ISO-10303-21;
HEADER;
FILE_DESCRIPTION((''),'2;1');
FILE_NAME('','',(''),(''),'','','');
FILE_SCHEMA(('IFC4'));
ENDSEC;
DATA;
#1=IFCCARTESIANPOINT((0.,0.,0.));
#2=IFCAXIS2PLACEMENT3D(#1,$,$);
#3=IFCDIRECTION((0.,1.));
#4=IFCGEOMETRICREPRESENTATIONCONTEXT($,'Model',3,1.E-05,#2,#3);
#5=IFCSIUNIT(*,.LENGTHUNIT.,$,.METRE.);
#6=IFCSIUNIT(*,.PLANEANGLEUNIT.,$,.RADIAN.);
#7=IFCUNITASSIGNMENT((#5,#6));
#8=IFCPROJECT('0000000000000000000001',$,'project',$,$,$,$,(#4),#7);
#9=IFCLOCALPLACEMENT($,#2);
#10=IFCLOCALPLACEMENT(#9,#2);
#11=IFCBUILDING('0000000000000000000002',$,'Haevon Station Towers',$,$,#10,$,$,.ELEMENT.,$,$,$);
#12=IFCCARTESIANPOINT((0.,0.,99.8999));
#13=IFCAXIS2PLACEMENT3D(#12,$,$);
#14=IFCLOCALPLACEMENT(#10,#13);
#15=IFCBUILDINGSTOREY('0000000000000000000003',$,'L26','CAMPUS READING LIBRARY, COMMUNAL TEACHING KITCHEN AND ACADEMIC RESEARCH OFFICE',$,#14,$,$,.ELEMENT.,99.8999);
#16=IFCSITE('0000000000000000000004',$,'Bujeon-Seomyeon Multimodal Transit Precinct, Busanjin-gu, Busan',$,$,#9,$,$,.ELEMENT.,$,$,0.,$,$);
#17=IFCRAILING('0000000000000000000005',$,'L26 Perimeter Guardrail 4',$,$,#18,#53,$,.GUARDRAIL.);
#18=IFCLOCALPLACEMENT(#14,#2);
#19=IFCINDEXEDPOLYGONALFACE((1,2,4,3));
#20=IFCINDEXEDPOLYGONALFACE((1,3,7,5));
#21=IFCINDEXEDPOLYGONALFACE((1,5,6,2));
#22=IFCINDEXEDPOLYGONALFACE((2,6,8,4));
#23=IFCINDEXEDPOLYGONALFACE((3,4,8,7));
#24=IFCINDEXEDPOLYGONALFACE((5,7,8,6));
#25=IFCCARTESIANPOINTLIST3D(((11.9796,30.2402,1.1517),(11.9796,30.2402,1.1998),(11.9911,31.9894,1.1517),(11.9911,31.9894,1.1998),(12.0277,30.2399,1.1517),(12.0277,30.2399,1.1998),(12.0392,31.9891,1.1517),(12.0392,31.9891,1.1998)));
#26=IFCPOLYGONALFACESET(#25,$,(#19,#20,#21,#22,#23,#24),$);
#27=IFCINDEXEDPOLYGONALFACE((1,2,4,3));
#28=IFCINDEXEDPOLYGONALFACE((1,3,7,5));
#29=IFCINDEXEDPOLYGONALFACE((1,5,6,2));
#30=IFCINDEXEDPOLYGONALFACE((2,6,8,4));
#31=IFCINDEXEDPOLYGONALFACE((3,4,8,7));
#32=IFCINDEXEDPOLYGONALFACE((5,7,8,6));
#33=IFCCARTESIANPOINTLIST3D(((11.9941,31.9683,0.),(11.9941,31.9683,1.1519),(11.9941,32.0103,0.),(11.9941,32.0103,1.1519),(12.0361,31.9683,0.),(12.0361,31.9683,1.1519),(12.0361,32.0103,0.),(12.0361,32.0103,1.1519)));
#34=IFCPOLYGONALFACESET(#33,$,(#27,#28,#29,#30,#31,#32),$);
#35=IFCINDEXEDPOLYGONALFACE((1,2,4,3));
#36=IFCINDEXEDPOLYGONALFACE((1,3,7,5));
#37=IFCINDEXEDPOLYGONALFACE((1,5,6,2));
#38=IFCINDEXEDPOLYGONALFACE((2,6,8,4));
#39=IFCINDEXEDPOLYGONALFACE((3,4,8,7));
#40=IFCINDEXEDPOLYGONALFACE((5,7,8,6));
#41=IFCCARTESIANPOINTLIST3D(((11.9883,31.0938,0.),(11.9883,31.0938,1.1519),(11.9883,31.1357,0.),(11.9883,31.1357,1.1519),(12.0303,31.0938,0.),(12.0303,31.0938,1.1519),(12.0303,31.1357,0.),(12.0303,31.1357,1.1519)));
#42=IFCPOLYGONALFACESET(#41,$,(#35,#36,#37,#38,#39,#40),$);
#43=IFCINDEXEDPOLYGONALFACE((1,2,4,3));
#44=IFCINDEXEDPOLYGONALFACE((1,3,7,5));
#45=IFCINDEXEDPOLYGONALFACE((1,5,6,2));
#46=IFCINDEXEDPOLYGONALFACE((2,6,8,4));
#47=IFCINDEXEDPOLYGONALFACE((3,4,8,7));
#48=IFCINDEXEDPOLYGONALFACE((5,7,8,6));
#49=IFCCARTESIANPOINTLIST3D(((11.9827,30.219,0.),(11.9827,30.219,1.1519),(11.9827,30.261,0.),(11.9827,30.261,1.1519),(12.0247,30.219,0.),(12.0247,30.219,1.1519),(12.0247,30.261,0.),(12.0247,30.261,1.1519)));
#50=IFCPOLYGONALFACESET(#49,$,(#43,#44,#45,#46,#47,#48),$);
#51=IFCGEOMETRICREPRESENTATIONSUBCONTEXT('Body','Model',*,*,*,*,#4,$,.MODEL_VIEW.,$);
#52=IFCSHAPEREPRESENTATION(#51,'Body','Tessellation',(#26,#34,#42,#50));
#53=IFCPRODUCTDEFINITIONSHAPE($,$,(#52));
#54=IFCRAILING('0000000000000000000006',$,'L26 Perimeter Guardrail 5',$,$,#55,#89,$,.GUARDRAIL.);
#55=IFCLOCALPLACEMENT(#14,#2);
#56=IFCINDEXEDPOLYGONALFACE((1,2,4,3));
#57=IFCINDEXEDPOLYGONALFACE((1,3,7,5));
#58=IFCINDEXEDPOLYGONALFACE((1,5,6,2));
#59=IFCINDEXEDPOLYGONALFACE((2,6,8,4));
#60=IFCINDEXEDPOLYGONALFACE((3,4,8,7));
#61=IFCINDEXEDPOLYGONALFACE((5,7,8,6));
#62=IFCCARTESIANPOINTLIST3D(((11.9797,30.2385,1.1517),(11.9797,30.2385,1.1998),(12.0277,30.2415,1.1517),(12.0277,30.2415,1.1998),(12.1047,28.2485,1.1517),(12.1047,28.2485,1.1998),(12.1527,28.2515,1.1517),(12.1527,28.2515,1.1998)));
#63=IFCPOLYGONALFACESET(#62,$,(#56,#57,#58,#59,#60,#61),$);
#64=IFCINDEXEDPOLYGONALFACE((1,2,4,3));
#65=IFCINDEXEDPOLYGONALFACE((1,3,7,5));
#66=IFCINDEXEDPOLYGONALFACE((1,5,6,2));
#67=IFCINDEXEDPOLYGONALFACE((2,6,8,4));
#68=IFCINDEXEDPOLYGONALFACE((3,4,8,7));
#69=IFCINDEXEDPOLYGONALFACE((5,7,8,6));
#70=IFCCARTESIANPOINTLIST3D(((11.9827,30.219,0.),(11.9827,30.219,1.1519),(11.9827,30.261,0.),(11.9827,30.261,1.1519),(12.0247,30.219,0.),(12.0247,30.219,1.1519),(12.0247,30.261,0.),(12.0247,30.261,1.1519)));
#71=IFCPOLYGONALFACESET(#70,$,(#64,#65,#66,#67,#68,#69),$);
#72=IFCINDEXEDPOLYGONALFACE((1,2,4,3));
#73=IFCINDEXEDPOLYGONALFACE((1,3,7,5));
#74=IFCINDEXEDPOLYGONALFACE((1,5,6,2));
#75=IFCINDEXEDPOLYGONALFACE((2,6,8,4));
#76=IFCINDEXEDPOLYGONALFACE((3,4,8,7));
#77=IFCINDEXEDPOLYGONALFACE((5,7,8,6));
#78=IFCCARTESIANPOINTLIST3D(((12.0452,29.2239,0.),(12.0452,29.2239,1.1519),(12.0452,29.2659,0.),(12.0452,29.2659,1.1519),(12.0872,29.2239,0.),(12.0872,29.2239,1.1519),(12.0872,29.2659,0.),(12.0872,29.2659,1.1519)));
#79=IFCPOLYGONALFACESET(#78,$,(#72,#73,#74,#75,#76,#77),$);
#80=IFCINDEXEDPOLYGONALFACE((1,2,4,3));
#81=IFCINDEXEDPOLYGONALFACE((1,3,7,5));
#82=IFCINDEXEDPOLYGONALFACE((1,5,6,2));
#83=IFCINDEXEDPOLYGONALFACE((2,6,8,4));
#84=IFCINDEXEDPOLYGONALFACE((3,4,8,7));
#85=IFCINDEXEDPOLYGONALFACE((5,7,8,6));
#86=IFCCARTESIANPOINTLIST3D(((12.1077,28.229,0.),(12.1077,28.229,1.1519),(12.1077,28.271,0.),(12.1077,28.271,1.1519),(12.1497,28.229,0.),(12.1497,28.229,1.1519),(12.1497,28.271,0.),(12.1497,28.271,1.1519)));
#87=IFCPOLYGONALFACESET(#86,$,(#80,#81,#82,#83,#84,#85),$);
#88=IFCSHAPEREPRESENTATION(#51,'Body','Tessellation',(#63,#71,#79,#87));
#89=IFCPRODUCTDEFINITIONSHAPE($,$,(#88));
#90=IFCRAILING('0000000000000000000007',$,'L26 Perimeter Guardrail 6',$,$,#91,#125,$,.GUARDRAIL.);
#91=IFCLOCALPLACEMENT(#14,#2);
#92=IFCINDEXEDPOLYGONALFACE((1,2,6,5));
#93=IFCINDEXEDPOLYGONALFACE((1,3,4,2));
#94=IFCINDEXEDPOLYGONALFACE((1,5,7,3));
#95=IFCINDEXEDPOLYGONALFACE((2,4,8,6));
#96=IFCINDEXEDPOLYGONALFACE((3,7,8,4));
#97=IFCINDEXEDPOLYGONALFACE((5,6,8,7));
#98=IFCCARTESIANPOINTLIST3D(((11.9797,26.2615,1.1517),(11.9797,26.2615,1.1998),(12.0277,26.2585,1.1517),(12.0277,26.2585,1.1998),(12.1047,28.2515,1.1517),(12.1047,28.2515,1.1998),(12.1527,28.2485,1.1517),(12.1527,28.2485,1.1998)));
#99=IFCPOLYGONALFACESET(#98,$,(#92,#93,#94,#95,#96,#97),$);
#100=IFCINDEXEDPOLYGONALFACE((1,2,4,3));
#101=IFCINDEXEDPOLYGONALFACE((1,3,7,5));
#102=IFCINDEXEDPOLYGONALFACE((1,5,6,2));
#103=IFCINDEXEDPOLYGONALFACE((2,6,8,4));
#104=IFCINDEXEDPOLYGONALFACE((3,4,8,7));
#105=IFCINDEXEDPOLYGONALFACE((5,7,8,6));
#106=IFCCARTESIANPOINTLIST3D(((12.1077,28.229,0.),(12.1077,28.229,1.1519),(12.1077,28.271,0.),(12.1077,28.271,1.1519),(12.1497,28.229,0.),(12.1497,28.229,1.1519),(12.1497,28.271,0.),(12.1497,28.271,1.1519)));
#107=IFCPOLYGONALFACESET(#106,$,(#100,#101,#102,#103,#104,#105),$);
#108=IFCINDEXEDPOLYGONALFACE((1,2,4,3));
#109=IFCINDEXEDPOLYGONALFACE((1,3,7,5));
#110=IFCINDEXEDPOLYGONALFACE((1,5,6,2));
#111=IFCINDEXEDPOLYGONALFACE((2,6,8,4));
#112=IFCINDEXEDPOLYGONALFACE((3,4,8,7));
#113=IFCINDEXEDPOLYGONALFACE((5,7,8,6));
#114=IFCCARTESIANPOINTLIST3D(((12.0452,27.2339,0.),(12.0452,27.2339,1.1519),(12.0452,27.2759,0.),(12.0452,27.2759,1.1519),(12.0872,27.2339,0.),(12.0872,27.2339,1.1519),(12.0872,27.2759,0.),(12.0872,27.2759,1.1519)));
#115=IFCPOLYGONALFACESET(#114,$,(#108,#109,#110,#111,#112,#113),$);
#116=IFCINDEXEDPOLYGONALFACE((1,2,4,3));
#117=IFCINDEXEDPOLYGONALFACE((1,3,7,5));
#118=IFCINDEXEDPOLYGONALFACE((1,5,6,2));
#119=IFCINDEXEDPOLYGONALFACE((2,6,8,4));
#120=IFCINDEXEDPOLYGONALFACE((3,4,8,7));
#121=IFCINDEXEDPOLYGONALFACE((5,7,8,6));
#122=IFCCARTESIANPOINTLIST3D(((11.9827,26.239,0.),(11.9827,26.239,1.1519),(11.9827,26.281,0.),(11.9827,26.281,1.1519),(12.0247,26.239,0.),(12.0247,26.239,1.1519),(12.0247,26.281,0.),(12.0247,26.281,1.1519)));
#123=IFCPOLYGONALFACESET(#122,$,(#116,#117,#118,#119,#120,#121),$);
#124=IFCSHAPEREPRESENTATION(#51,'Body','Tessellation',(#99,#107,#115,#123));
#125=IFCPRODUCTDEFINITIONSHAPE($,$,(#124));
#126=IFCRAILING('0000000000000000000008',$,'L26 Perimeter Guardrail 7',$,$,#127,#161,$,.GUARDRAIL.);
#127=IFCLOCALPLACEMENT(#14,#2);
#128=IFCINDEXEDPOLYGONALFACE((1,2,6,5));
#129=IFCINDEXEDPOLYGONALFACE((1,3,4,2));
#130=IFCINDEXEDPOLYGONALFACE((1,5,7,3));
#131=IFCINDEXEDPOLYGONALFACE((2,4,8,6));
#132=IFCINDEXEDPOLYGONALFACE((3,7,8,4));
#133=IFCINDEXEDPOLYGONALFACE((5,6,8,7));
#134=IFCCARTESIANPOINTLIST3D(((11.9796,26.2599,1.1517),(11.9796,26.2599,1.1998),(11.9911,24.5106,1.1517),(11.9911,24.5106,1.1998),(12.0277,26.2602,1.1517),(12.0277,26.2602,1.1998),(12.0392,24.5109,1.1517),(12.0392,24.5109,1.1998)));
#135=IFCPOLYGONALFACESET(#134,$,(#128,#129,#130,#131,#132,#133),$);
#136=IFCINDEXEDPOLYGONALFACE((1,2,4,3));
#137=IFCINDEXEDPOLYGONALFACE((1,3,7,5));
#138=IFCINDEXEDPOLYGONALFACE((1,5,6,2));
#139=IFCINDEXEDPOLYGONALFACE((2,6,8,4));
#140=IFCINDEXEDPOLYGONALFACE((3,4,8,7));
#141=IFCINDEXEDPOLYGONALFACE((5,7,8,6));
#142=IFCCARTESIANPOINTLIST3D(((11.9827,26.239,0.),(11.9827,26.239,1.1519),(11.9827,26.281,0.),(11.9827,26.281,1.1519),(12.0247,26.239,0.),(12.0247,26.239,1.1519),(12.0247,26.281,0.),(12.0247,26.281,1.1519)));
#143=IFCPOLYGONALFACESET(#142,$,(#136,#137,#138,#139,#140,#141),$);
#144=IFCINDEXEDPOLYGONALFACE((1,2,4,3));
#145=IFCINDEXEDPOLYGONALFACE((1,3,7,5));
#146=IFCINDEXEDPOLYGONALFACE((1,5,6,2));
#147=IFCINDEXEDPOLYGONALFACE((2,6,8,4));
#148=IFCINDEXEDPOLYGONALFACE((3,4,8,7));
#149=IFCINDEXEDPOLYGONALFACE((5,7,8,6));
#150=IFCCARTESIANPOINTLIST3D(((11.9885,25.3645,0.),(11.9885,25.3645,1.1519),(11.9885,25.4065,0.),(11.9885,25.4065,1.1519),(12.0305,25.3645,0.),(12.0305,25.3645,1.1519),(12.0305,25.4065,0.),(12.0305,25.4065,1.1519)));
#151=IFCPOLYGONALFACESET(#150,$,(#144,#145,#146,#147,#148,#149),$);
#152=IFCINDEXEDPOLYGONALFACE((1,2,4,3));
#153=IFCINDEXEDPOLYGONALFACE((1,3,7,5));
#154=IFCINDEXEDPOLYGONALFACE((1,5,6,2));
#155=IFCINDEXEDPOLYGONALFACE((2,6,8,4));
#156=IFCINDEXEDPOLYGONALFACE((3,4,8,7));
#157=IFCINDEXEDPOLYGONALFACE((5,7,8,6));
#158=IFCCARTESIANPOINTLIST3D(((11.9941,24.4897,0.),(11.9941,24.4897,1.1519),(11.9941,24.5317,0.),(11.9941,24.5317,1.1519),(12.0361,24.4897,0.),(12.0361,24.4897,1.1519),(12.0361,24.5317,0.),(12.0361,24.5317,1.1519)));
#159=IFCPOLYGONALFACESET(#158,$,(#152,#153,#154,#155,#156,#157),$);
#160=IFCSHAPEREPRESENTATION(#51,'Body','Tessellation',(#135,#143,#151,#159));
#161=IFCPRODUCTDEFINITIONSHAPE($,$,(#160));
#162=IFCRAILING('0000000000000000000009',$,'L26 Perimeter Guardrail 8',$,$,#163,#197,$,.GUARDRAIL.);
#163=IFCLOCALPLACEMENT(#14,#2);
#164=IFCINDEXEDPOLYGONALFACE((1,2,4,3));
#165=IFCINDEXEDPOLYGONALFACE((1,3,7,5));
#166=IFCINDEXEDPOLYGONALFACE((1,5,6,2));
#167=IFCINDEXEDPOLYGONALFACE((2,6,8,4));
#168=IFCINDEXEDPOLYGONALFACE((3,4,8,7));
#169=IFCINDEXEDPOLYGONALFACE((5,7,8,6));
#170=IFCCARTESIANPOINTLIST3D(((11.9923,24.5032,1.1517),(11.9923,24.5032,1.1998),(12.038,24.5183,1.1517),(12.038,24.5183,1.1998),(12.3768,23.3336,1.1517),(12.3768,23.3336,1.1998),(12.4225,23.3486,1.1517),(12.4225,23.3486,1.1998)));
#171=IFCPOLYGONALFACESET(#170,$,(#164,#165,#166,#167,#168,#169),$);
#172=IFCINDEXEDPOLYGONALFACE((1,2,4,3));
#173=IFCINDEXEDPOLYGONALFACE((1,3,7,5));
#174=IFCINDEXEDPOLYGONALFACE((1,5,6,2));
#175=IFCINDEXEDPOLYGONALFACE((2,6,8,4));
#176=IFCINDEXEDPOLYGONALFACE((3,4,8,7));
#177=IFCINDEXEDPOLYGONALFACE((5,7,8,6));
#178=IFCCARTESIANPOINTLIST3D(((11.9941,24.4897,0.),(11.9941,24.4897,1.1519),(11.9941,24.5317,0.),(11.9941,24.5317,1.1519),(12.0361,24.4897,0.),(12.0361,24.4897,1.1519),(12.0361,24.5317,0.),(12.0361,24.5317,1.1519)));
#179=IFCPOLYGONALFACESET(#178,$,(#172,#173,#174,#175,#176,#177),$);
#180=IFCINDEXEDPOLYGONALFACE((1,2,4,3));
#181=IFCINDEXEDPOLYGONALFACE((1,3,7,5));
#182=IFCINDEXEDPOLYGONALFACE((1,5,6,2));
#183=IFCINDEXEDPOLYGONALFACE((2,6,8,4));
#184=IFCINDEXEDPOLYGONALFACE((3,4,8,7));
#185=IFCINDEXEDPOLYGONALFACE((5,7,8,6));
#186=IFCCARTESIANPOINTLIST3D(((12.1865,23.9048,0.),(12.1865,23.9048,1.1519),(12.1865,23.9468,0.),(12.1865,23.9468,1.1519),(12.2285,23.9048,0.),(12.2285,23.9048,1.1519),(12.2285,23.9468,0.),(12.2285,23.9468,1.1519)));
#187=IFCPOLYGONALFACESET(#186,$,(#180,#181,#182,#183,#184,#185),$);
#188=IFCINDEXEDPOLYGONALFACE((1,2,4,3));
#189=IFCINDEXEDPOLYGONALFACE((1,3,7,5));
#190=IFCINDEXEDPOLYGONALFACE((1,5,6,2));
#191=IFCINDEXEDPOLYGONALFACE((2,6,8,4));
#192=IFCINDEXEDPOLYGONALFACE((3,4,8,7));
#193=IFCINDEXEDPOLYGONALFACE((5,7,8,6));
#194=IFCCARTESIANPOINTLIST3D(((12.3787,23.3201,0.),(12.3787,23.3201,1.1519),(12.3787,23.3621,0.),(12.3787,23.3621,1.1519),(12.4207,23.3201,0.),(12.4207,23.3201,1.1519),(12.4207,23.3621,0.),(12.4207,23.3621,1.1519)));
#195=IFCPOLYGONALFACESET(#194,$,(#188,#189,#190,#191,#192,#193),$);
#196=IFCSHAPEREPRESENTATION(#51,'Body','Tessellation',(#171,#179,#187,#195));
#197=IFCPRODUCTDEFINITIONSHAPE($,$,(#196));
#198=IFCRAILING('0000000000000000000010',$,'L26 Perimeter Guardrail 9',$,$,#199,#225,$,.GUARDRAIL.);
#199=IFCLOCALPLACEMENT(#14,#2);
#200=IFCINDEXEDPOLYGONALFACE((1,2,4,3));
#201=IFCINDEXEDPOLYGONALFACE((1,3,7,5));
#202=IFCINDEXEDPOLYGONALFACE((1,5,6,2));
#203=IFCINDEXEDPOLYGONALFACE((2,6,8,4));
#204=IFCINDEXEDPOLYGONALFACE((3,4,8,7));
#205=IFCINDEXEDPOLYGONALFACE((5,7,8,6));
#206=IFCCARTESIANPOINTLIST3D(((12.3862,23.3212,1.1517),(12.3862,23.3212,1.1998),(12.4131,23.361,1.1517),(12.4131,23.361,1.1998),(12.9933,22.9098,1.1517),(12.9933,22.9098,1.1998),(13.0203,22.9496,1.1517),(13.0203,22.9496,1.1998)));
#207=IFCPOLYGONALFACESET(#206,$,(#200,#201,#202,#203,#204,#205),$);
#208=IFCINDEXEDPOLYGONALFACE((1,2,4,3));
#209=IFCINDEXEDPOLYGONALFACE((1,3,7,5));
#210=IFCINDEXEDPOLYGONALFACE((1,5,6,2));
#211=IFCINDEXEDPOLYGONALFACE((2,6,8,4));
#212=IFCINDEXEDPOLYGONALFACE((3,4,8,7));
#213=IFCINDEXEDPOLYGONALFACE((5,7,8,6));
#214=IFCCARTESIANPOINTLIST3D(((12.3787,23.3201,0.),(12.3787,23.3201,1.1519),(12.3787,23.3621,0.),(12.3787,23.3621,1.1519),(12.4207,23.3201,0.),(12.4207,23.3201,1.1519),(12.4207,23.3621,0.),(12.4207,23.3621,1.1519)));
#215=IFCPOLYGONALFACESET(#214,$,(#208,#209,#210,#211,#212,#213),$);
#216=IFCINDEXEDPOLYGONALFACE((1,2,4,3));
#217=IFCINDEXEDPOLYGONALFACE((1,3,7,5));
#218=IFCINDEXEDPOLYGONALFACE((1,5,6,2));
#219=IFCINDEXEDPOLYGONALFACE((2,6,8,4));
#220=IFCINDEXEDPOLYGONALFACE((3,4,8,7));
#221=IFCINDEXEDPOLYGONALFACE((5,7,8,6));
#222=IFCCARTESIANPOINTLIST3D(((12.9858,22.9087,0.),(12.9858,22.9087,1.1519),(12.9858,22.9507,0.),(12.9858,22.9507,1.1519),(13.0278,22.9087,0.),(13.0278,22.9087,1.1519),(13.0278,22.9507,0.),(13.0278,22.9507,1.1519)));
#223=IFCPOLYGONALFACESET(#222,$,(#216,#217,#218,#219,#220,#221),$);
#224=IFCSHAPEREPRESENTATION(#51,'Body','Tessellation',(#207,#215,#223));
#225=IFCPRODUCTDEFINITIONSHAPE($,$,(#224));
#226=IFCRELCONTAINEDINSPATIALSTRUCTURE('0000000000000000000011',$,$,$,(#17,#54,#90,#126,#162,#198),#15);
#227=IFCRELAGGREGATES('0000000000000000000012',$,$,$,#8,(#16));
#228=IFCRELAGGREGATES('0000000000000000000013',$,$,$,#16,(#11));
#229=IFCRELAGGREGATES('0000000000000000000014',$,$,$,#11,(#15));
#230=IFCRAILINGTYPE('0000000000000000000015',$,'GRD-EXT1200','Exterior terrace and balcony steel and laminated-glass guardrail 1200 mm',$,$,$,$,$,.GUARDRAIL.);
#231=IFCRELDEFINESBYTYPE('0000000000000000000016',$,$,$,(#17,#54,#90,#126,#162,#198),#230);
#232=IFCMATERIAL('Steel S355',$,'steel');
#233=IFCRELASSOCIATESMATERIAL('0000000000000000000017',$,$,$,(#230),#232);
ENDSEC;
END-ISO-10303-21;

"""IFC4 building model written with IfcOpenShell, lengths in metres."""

from ifc_helpers import new_model, si_unit, direction, frame, origin, origin_2d, place, context, subcontext, project, spatial, rectangle, extrude, material, type_object, element, save


model = new_model("IFC4")

# Units and contexts
model_context = context("Model", 3, precision=1e-05, world=origin(), true_north=direction((0.0, 1.0)))
body_context = subcontext(model_context, "Body", "Model", "MODEL_VIEW")
ifc_project = project(units=[si_unit("LENGTHUNIT", "METRE"), si_unit("PLANEANGLEUNIT", "RADIAN")], contexts=[model_context])

# Site, building, storey
site_placement = place(None, origin())
site = spatial("IfcSite", under=ifc_project, at=site_placement, Name="Bujeon-Seomyeon Multimodal Transit Precinct, Busanjin-gu, Busan", CompositionType="ELEMENT", RefElevation=0.0)
building_placement = place(site_placement, origin())
building = spatial("IfcBuilding", under=site, at=building_placement, Name="Haevon Station Towers", CompositionType="ELEMENT")
storey_placement = place(building_placement, frame((0.0, 0.0, 99.8999)))
storey = spatial("IfcBuildingStorey", under=building, at=storey_placement, Name="L26", Description="CAMPUS READING LIBRARY, COMMUNAL TEACHING KITCHEN AND ACADEMIC RESEARCH OFFICE", CompositionType="ELEMENT", Elevation=99.8999)

# Shared definitions
ifc_material_1 = material(Name="Steel S355", Category="steel")

# Railings
railing_type = type_object("IfcRailingType", Name="GRD-EXT1200", Description="Exterior terrace and balcony steel and laminated-glass guardrail 1200 mm", PredefinedType="GUARDRAIL", material=ifc_material_1)
railing_1_placement = place(storey_placement, frame((12.0151, 31.9893, 0.0)))
element("IfcRailing", 1, at=railing_1_placement, inside=storey, type_object=railing_type, Name="L26 Perimeter Guardrail 4", PredefinedType="GUARDRAIL", context=body_context, shape_type="SweptSolid", body=[
    extrude(rectangle(XDim=0.0481, YDim=0.0481, at=origin_2d()), frame((0.0, 0.0, 1.1758), z_axis=(-0.00656, -0.999978, 0.0), x_axis=(0.999978, -0.00656, 0.0)), (0.0, 0.0, 1.0), 1.7493),
    extrude(rectangle(XDim=0.042, YDim=0.042, at=origin_2d()), origin(), (0.0, 0.0, 1.0), 1.1519),
    extrude(rectangle(XDim=0.042, YDim=0.042, at=origin_2d()), frame((-0.0059, -0.8745, 0.0)), (0.0, 0.0, 1.0), 1.1519),
    extrude(rectangle(XDim=0.042, YDim=0.042, at=origin_2d()), frame((-0.0115, -1.7493, 0.0)), (0.0, 0.0, 1.0), 1.1519),
])
railing_2_placement = place(storey_placement, frame((12.0037, 30.24, 0.0)))
element("IfcRailing", 2, at=railing_2_placement, inside=storey, type_object=railing_type, Name="L26 Perimeter Guardrail 5", PredefinedType="GUARDRAIL", context=body_context, shape_type="SweptSolid", body=[
    extrude(rectangle(XDim=0.0481, YDim=0.0481, at=origin_2d()), frame((0.0, 0.0, 1.1758), z_axis=(0.062691, -0.998033, 0.0), x_axis=(0.998033, 0.062691, 0.0)), (0.0, 0.0, 1.0), 1.9939),
    extrude(rectangle(XDim=0.042, YDim=0.042, at=origin_2d()), origin(), (0.0, 0.0, 1.0), 1.1519),
    extrude(rectangle(XDim=0.042, YDim=0.042, at=origin_2d()), frame((0.0625, -0.9951, 0.0)), (0.0, 0.0, 1.0), 1.1519),
    extrude(rectangle(XDim=0.042, YDim=0.042, at=origin_2d()), frame((0.125, -1.99, 0.0)), (0.0, 0.0, 1.0), 1.1519),
])
railing_3_placement = place(storey_placement, frame((12.1287, 28.25, 0.0)))
element("IfcRailing", 3, at=railing_3_placement, inside=storey, type_object=railing_type, Name="L26 Perimeter Guardrail 6", PredefinedType="GUARDRAIL", context=body_context, shape_type="SweptSolid", body=[
    extrude(rectangle(XDim=0.0481, YDim=0.0481, at=origin_2d()), frame((0.0, 0.0, 1.1758), z_axis=(-0.062691, -0.998033, 0.0), x_axis=(0.998033, -0.062691, 0.0)), (0.0, 0.0, 1.0), 1.9939),
    extrude(rectangle(XDim=0.042, YDim=0.042, at=origin_2d()), origin(), (0.0, 0.0, 1.0), 1.1519),
    extrude(rectangle(XDim=0.042, YDim=0.042, at=origin_2d()), frame((-0.0625, -0.9951, 0.0)), (0.0, 0.0, 1.0), 1.1519),
    extrude(rectangle(XDim=0.042, YDim=0.042, at=origin_2d()), frame((-0.125, -1.99, 0.0)), (0.0, 0.0, 1.0), 1.1519),
])
railing_4_placement = place(storey_placement, frame((12.0037, 26.26, 0.0)))
element("IfcRailing", 4, at=railing_4_placement, inside=storey, type_object=railing_type, Name="L26 Perimeter Guardrail 7", PredefinedType="GUARDRAIL", context=body_context, shape_type="SweptSolid", body=[
    extrude(rectangle(XDim=0.0481, YDim=0.0481, at=origin_2d()), frame((0.0, 0.0, 1.1758), z_axis=(0.00656, -0.999978, 0.0), x_axis=(0.999978, 0.00656, 0.0)), (0.0, 0.0, 1.0), 1.7493),
    extrude(rectangle(XDim=0.042, YDim=0.042, at=origin_2d()), origin(), (0.0, 0.0, 1.0), 1.1519),
    extrude(rectangle(XDim=0.042, YDim=0.042, at=origin_2d()), frame((0.0059, -0.8745, 0.0)), (0.0, 0.0, 1.0), 1.1519),
    extrude(rectangle(XDim=0.042, YDim=0.042, at=origin_2d()), frame((0.0115, -1.7493, 0.0)), (0.0, 0.0, 1.0), 1.1519),
])
railing_5_placement = place(storey_placement, frame((12.0151, 24.5107, 0.0)))
element("IfcRailing", 5, at=railing_5_placement, inside=storey, type_object=railing_type, Name="L26 Perimeter Guardrail 8", PredefinedType="GUARDRAIL", context=body_context, shape_type="SweptSolid", body=[
    extrude(rectangle(XDim=0.0481, YDim=0.0481, at=origin_2d()), frame((0.0, 0.0, 1.1758), z_axis=(0.312299, -0.949984, 0.0), x_axis=(0.949984, 0.312299, 0.0)), (0.0, 0.0, 1.0), 1.2312),
    extrude(rectangle(XDim=0.042, YDim=0.042, at=origin_2d()), origin(), (0.0, 0.0, 1.0), 1.1519),
    extrude(rectangle(XDim=0.042, YDim=0.042, at=origin_2d()), frame((0.1924, -0.585, 0.0)), (0.0, 0.0, 1.0), 1.1519),
    extrude(rectangle(XDim=0.042, YDim=0.042, at=origin_2d()), frame((0.3845, -1.1697, 0.0)), (0.0, 0.0, 1.0), 1.1519),
])
railing_6_placement = place(storey_placement, frame((12.3997, 23.3411, 0.0)))
element("IfcRailing", 6, at=railing_6_placement, inside=storey, type_object=railing_type, Name="L26 Perimeter Guardrail 9", PredefinedType="GUARDRAIL", context=body_context, shape_type="SweptSolid", body=[
    extrude(rectangle(XDim=0.0481, YDim=0.0481, at=origin_2d()), frame((0.0, 0.0, 1.1758), z_axis=(0.827879, -0.560907, 0.0), x_axis=(0.560907, 0.827879, 0.0)), (0.0, 0.0, 1.0), 0.7334),
    extrude(rectangle(XDim=0.042, YDim=0.042, at=origin_2d()), origin(), (0.0, 0.0, 1.0), 1.1519),
    extrude(rectangle(XDim=0.042, YDim=0.042, at=origin_2d()), frame((0.6072, -0.4114, 0.0)), (0.0, 0.0, 1.0), 1.1519),
])

save(model, "model.ifc")
